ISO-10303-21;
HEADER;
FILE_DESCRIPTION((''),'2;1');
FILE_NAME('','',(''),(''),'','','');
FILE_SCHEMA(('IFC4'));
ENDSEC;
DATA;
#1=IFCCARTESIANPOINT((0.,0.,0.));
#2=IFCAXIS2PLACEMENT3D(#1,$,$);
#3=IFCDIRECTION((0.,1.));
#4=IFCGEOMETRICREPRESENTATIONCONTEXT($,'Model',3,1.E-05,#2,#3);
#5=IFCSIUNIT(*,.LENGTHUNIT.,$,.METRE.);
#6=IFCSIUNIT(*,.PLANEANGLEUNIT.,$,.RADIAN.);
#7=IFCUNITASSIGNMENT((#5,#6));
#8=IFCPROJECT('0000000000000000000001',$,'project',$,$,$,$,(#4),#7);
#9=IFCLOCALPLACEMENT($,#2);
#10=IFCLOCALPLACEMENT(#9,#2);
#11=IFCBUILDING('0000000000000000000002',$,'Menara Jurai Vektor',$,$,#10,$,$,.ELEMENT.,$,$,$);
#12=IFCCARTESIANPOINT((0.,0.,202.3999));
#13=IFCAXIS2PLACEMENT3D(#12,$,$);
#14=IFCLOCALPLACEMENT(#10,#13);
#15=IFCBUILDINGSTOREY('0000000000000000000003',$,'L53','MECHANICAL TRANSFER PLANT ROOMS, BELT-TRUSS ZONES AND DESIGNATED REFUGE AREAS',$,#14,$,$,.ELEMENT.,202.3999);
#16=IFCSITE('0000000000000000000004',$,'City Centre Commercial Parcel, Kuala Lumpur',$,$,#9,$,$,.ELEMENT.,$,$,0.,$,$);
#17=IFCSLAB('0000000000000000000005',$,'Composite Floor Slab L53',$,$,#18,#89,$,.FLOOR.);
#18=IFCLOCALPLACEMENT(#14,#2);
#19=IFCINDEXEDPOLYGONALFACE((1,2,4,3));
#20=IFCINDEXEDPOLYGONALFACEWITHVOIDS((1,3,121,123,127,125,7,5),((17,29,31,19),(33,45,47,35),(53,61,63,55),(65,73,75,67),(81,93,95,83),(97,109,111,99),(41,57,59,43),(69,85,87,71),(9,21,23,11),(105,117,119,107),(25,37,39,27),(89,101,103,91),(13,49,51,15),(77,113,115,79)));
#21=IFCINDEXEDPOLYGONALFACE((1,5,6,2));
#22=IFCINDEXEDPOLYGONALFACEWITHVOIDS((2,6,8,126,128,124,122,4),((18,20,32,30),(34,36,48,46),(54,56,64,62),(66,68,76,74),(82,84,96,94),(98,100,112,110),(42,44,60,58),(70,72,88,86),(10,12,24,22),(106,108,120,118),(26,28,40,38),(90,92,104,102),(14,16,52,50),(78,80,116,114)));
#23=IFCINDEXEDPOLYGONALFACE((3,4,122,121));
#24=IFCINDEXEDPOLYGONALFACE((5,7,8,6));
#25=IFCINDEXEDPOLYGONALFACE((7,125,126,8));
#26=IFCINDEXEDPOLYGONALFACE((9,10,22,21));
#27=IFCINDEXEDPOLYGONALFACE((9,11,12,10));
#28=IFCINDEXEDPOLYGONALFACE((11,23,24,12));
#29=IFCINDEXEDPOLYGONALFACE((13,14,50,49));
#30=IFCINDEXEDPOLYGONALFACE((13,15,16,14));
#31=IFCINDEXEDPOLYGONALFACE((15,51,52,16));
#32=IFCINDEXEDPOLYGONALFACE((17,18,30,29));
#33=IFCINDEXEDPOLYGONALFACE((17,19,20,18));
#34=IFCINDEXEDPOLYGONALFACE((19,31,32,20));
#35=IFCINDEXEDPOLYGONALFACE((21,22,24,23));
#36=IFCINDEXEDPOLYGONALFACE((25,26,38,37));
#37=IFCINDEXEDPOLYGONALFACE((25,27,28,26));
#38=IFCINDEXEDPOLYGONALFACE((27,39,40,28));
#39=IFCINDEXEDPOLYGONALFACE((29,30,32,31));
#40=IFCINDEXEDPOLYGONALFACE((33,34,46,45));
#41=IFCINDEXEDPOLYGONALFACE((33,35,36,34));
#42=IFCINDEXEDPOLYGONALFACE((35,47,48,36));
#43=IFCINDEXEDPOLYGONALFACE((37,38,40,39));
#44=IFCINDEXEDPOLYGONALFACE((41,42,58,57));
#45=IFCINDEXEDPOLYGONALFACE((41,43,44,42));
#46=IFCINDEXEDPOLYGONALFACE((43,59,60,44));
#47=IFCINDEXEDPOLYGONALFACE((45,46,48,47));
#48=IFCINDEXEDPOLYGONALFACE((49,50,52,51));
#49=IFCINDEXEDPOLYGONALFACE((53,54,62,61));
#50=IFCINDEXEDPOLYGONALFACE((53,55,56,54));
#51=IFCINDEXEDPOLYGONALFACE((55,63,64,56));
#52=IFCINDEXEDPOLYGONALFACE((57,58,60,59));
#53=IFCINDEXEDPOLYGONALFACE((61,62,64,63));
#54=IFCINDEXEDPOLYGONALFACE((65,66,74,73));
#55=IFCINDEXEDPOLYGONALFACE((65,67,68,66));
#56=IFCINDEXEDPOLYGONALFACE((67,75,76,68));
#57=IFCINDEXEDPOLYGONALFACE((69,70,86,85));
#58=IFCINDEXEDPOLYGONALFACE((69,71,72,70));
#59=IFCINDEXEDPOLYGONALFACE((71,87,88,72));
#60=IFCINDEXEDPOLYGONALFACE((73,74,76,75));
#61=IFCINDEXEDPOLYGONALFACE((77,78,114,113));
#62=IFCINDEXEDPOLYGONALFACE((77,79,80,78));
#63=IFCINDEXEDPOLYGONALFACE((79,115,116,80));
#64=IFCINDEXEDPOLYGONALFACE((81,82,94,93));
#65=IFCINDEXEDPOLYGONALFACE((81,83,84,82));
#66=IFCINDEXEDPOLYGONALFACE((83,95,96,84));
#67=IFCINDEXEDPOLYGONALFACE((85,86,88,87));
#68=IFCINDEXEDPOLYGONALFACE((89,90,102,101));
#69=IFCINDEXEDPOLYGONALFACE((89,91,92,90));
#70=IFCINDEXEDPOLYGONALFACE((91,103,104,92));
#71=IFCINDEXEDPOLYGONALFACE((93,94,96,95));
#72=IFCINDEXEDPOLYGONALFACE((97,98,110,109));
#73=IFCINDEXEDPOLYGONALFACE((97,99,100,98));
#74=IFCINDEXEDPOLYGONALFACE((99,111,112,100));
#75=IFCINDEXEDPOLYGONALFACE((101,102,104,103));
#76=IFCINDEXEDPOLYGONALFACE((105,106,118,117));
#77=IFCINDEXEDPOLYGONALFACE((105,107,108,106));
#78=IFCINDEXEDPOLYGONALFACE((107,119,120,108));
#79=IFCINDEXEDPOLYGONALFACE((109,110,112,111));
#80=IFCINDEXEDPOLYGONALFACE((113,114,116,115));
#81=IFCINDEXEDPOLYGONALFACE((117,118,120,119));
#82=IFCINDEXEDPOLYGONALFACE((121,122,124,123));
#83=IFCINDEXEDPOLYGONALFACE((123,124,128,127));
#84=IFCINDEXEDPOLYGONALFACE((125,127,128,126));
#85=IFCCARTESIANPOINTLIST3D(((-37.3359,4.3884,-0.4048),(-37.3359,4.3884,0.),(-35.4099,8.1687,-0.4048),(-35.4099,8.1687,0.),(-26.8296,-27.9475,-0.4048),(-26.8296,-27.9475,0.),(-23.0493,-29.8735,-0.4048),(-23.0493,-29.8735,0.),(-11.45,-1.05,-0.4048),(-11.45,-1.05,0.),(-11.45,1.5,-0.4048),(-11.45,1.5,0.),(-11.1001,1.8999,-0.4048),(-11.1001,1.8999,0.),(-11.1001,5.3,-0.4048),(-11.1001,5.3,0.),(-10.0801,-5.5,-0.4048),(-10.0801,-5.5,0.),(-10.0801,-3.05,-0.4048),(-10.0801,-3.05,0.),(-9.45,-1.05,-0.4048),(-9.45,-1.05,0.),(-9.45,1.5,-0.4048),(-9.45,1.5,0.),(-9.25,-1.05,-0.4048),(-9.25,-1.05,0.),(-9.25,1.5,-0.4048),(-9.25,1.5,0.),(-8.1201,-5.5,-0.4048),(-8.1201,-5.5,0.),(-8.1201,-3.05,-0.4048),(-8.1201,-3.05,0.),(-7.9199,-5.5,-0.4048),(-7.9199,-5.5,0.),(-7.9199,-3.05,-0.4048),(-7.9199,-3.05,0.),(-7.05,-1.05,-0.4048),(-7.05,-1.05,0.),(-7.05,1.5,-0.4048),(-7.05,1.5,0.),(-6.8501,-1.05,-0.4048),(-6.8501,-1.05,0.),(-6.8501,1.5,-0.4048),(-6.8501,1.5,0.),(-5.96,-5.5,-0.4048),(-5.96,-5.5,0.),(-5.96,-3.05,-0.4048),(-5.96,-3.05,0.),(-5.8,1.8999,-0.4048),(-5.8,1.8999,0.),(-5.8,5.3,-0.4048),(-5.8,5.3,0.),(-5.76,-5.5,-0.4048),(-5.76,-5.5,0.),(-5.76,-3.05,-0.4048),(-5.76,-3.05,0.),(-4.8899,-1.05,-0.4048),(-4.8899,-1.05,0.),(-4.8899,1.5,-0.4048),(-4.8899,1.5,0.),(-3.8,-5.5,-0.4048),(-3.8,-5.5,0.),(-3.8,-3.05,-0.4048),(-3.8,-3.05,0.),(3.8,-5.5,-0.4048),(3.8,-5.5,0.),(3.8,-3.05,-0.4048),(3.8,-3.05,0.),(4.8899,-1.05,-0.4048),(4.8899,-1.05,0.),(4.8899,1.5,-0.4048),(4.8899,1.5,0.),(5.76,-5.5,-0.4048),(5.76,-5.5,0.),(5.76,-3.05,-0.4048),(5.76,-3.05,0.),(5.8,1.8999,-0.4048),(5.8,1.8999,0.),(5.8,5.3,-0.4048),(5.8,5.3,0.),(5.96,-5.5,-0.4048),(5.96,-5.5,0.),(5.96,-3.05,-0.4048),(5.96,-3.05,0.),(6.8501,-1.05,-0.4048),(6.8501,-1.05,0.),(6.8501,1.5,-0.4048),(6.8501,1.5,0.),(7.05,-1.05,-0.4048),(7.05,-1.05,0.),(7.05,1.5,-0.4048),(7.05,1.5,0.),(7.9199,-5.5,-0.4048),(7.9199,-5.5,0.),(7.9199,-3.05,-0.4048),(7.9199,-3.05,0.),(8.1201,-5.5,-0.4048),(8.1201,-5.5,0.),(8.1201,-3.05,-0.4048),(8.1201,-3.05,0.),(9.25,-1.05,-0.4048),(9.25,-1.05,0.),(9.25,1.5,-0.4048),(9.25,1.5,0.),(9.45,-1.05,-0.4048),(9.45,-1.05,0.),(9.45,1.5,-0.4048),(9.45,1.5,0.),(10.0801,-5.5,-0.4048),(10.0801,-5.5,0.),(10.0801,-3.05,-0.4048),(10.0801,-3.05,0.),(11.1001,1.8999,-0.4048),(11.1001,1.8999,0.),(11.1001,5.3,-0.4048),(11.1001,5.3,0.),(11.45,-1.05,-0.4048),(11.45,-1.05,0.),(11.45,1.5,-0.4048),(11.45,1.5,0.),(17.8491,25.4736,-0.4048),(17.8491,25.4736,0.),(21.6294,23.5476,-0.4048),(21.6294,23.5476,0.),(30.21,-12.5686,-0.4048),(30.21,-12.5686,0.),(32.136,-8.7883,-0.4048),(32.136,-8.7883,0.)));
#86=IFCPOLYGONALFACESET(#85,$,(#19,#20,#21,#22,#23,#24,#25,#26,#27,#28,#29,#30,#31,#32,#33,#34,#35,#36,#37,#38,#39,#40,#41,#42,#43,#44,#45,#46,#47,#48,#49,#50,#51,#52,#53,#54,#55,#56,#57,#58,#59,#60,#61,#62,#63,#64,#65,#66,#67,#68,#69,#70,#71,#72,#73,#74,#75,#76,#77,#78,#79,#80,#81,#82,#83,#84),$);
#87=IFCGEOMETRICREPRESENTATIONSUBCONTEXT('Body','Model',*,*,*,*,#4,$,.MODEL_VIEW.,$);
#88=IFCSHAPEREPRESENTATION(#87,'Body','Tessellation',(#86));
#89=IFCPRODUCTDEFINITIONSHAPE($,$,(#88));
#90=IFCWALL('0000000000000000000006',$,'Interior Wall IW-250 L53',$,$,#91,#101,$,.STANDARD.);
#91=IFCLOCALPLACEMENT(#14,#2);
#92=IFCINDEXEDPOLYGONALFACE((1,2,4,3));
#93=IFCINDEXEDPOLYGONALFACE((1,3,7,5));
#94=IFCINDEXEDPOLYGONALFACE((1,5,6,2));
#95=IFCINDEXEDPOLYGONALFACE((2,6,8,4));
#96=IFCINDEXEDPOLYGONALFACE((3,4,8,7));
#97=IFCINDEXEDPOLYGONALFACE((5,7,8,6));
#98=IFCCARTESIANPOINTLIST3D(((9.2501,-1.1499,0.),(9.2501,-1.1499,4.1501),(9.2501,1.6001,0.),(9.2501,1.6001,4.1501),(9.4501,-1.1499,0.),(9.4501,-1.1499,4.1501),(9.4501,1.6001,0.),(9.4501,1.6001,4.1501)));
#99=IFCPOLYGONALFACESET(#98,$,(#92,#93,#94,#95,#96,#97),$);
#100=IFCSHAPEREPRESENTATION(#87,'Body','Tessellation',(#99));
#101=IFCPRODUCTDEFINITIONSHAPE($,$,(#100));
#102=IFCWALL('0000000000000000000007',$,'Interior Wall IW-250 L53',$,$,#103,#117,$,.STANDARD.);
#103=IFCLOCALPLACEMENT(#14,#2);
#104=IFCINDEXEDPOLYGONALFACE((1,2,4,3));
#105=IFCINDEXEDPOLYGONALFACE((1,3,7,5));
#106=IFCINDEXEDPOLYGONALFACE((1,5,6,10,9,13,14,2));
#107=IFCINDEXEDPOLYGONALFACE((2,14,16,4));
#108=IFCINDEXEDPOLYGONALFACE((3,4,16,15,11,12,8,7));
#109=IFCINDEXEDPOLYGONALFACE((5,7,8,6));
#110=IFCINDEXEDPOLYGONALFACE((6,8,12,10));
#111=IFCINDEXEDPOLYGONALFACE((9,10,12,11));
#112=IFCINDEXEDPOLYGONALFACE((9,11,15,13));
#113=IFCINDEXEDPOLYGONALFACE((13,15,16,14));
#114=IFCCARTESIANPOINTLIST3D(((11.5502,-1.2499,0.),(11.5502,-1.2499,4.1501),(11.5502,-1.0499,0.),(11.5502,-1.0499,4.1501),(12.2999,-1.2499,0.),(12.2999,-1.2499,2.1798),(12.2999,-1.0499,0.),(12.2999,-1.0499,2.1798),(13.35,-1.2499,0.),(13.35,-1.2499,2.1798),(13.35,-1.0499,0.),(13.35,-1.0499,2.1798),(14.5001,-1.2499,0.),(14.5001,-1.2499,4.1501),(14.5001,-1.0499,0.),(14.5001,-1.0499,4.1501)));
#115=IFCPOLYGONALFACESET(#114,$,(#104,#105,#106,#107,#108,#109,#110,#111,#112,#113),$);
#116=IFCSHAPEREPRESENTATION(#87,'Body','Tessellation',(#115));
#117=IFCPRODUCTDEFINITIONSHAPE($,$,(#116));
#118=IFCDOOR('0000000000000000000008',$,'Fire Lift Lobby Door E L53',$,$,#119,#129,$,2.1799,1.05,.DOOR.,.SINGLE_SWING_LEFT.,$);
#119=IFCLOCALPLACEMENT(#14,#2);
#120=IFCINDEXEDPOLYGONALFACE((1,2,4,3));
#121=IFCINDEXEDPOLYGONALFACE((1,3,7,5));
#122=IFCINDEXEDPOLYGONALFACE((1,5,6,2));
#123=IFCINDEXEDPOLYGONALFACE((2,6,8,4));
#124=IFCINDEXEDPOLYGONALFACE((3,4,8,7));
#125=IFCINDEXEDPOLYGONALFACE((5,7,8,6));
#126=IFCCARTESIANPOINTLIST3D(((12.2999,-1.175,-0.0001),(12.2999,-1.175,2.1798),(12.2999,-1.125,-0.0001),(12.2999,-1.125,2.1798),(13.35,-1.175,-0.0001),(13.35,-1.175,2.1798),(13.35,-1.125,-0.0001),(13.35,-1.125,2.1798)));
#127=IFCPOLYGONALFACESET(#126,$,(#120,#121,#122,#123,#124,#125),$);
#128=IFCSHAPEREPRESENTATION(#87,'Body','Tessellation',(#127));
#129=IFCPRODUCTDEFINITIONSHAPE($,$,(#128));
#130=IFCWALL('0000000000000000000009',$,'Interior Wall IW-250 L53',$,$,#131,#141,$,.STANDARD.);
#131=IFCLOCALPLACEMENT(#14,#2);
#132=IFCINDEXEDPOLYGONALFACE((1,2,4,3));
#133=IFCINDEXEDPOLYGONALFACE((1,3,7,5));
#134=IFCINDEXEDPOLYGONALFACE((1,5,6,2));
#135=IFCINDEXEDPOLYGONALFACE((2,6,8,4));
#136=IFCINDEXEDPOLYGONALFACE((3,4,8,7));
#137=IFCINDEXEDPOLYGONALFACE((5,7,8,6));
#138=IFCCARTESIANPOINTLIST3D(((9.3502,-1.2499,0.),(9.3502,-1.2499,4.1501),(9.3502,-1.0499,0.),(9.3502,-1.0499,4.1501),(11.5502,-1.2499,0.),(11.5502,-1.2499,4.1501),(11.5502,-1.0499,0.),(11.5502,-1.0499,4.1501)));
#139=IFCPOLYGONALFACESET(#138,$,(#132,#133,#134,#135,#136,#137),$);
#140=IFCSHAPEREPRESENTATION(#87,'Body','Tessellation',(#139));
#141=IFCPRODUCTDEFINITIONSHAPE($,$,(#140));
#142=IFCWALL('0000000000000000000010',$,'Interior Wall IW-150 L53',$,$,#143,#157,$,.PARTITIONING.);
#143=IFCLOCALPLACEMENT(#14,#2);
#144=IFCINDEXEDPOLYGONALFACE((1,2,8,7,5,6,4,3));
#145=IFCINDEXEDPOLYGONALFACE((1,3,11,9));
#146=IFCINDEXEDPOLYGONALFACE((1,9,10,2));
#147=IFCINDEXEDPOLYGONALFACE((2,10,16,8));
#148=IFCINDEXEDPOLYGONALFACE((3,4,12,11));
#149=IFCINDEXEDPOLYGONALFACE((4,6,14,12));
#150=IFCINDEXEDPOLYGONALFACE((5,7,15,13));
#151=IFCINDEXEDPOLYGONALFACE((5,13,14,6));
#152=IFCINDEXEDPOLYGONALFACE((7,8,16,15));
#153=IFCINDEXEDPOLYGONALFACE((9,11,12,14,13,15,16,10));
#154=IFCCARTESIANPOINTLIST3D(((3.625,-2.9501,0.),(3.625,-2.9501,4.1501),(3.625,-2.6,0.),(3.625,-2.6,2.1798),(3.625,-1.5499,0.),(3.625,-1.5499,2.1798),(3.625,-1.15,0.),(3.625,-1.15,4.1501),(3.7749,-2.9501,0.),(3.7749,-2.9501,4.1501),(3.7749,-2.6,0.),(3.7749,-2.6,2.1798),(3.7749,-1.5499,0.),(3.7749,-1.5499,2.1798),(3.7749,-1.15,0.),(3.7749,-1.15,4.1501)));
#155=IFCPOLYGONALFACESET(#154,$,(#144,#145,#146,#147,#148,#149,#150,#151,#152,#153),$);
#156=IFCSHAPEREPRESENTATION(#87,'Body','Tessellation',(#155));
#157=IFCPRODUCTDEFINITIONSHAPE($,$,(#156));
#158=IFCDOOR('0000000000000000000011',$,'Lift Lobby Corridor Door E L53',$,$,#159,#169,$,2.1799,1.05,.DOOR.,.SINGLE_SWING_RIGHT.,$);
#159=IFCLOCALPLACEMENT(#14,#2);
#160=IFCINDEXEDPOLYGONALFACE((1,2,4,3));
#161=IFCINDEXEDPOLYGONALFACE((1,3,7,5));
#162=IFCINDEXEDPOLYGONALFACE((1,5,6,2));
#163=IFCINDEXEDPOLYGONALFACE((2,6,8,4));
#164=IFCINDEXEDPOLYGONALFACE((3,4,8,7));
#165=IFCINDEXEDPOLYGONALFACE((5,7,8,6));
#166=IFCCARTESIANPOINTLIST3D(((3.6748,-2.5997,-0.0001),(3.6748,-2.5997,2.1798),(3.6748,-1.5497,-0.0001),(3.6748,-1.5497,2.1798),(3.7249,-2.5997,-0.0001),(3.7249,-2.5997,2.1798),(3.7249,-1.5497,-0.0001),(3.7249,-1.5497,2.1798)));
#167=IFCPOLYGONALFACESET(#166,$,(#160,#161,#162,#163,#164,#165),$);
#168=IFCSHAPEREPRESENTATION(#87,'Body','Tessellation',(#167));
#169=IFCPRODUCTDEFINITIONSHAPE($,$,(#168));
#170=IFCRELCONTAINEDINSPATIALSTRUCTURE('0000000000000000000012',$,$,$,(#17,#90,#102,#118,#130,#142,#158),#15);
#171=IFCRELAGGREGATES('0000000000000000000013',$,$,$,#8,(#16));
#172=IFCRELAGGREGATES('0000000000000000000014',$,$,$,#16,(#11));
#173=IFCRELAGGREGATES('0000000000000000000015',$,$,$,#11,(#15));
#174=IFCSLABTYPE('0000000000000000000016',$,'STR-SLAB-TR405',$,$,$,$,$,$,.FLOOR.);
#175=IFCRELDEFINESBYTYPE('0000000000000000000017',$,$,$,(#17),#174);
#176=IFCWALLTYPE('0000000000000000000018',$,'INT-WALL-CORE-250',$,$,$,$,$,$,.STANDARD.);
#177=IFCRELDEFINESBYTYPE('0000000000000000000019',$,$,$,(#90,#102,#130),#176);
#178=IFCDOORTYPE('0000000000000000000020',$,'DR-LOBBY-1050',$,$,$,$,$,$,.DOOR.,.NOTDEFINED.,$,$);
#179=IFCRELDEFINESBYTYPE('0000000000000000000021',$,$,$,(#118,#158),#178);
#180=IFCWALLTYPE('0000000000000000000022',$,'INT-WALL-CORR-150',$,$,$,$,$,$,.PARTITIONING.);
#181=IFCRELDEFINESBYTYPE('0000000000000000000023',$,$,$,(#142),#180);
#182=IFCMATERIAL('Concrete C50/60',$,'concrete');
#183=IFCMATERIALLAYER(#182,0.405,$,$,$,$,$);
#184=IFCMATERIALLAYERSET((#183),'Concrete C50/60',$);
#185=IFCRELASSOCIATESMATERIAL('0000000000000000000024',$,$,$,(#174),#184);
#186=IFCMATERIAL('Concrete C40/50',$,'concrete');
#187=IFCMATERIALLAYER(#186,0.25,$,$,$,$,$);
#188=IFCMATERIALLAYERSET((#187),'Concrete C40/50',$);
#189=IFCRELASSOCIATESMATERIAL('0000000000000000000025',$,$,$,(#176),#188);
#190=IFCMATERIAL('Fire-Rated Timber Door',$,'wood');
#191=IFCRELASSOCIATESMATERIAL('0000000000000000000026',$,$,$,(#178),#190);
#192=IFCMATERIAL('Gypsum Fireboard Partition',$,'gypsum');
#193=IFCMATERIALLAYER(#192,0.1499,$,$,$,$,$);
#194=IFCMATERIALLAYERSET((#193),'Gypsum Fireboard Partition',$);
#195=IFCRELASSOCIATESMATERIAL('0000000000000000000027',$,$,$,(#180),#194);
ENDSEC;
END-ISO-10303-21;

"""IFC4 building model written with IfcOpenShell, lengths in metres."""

from ifc_helpers import new_model, si_unit, direction, frame, frame_2d, origin, place, context, subcontext, project, spatial, polyline, rectangle, outline, extrude, material, layer, layer_set, type_object, element, fill, save


model = new_model("IFC4")

# Units and contexts
model_context = context("Model", 3, precision=1e-05, world=origin(), true_north=direction((0.0, 1.0)))
body_context = subcontext(model_context, "Body", "Model", "MODEL_VIEW")
ifc_project = project(units=[si_unit("LENGTHUNIT", "METRE"), si_unit("PLANEANGLEUNIT", "RADIAN")], contexts=[model_context])

# Site, building, storey
site_placement = place(None, origin())
site = spatial("IfcSite", under=ifc_project, at=site_placement, Name="City Centre Commercial Parcel, Kuala Lumpur", CompositionType="ELEMENT", RefElevation=0.0)
building_placement = place(site_placement, origin())
building = spatial("IfcBuilding", under=site, at=building_placement, Name="Menara Jurai Vektor", CompositionType="ELEMENT")
storey_placement = place(building_placement, frame((0.0, 0.0, 202.3999)))
storey = spatial("IfcBuildingStorey", under=building, at=storey_placement, Name="L53", Description="MECHANICAL TRANSFER PLANT ROOMS, BELT-TRUSS ZONES AND DESIGNATED REFUGE AREAS", CompositionType="ELEMENT", Elevation=202.3999)

# Shared definitions
ifc_material_1 = material(Name="Concrete C50/60", Category="concrete")

# Shared definitions
ifc_material_2 = material(Name="Concrete C40/50", Category="concrete")

# Slab
ifc_layer_1 = layer(ifc_material_1, 0.405)
ifc_layer_set_1 = layer_set([ifc_layer_1], Name="Concrete C50/60")
slab_type_1 = type_object("IfcSlabType", Name="STR-SLAB-TR405", PredefinedType="FLOOR", material=ifc_layer_set_1)
slab_1_placement = place(storey_placement, frame((0.0, 0.0, -0.4048)))
element("IfcSlab", 1, at=slab_1_placement, inside=storey, type_object=slab_type_1, Name="Composite Floor Slab L53", PredefinedType="FLOOR", context=body_context, shape_type="SweptSolid", body=[
    extrude(outline(polyline([(-23.0493, -29.8735), (30.21, -12.5686), (32.136, -8.7883), (21.6294, 23.5476), (17.8491, 25.4736), (-35.4099, 8.1687), (-37.3359, 4.3884), (-26.8296, -27.9475), (-23.0493, -29.8735)]), holes=[polyline([(-11.1001, 1.8999), (-11.1001, 5.3), (-5.8, 5.3), (-5.8, 1.8999), (-11.1001, 1.8999)]), polyline([(5.8, 1.8999), (5.8, 5.3), (11.1001, 5.3), (11.1001, 1.8999), (5.8, 1.8999)]), polyline([(-11.45, -1.05), (-11.45, 1.5), (-9.45, 1.5), (-9.45, -1.05), (-11.45, -1.05)]), polyline([(9.45, -1.05), (9.45, 1.5), (11.45, 1.5), (11.45, -1.05), (9.45, -1.05)]), polyline([(-5.76, -5.5), (-5.76, -3.05), (-3.8, -3.05), (-3.8, -5.5), (-5.76, -5.5)]), polyline([(-6.8501, -1.05), (-6.8501, 1.5), (-4.8899, 1.5), (-4.8899, -1.05), (-6.8501, -1.05)]), polyline([(3.8, -5.5), (3.8, -3.05), (5.76, -3.05), (5.76, -5.5), (3.8, -5.5)]), polyline([(4.8899, -1.05), (4.8899, 1.5), (6.8501, 1.5), (6.8501, -1.05), (4.8899, -1.05)]), polyline([(-10.0801, -5.5), (-10.0801, -3.05), (-8.1201, -3.05), (-8.1201, -5.5), (-10.0801, -5.5)]), polyline([(-7.9199, -5.5), (-7.9199, -3.05), (-5.96, -3.05), (-5.96, -5.5), (-7.9199, -5.5)]), polyline([(5.96, -5.5), (5.96, -3.05), (7.9199, -3.05), (7.9199, -5.5), (5.96, -5.5)]), polyline([(8.1201, -5.5), (8.1201, -3.05), (10.0801, -3.05), (10.0801, -5.5), (8.1201, -5.5)]), polyline([(-9.25, -1.05), (-9.25, 1.5), (-7.05, 1.5), (-7.05, -1.05), (-9.25, -1.05)]), polyline([(7.05, -1.05), (7.05, 1.5), (9.25, 1.5), (9.25, -1.05), (7.05, -1.05)])]), origin(), (0.0, 0.0, 1.0), 0.4048),
])

# Shared definitions
ifc_layer_2 = layer(ifc_material_2, 0.25)
ifc_layer_set_2 = layer_set([ifc_layer_2], Name="Concrete C40/50")
wall_type_1 = type_object("IfcWallType", Name="INT-WALL-CORE-250", PredefinedType="STANDARD", material=ifc_layer_set_2)

# Wall
wall_1_placement = place(storey_placement, frame((9.3501, -1.1499, 0.0), z_axis=(0.0, 0.0, 1.0), x_axis=(0.0, 1.0, 0.0)))
element("IfcWall", 2, at=wall_1_placement, inside=storey, type_object=wall_type_1, Name="Interior Wall IW-250 L53", PredefinedType="STANDARD", context=body_context, shape_type="SweptSolid", body=[
    extrude(rectangle(XDim=2.75, YDim=0.2, at=frame_2d((1.375, 0.0))), origin(), (0.0, 0.0, 1.0), 4.1501),
])

# Wall, opening, door
wall_2_placement = place(storey_placement, frame((11.55, -1.1499, 0.0), z_axis=(0.0, 0.0, 1.0), x_axis=(1.0, 0.0, 0.0)))
wall_2 = element("IfcWall", 3, at=wall_2_placement, inside=storey, type_object=wall_type_1, Name="Interior Wall IW-250 L53", PredefinedType="STANDARD", context=body_context, shape_type="SweptSolid", body=[
    extrude(rectangle(XDim=2.95, YDim=0.2, at=frame_2d((1.4751, 0.0))), origin(), (0.0, 0.0, 1.0), 4.1501),
])
opening_1_placement = place(wall_2_placement, frame((0.75, 0.0, 0.0)))
opening_1 = element("IfcOpeningElement", 4, at=opening_1_placement, cuts=wall_2, PredefinedType="OPENING", context=body_context, shape_type="SweptSolid", body=[
    extrude(rectangle(XDim=1.05, YDim=2.1799, at=frame_2d((0.5249, 1.0898))), frame((0.0, 0.1099, 0.0), z_axis=(0.0, -1.0, 0.0), x_axis=(1.0, 0.0, 0.0)), (0.0, 0.0, 1.0), 0.22),
])
ifc_material_3 = material(Name="Fire-Rated Timber Door", Category="wood")
door_type_1 = type_object("IfcDoorType", Name="DR-LOBBY-1050", OperationType="NOTDEFINED", PredefinedType="DOOR", material=ifc_material_3)
door_1_placement = place(opening_1_placement, origin())
door_1 = element("IfcDoor", 5, at=door_1_placement, inside=storey, type_object=door_type_1, Name="Fire Lift Lobby Door E L53", OperationType="SINGLE_SWING_LEFT", OverallHeight=2.1799, OverallWidth=1.05, PredefinedType="DOOR", context=body_context, shape_type="SweptSolid", body=[
    extrude(rectangle(XDim=1.05, YDim=2.1799, at=frame_2d((0.5249, 1.0898))), frame((0.0, 0.0249, 0.0), z_axis=(0.0, -1.0, 0.0), x_axis=(1.0, 0.0, 0.0)), (0.0, 0.0, 1.0), 0.05),
])
fill(opening_1, door_1)

# Wall
wall_3_placement = place(storey_placement, frame((9.3501, -1.1499, 0.0), z_axis=(0.0, 0.0, 1.0), x_axis=(1.0, 0.0, 0.0)))
element("IfcWall", 6, at=wall_3_placement, inside=storey, type_object=wall_type_1, Name="Interior Wall IW-250 L53", PredefinedType="STANDARD", context=body_context, shape_type="SweptSolid", body=[
    extrude(rectangle(XDim=2.2, YDim=0.2, at=frame_2d((1.1001, 0.0))), origin(), (0.0, 0.0, 1.0), 4.1501),
])

# Wall, opening, door
ifc_material_4 = material(Name="Gypsum Fireboard Partition", Category="gypsum")
ifc_layer_3 = layer(ifc_material_4, 0.1499)
ifc_layer_set_3 = layer_set([ifc_layer_3], Name="Gypsum Fireboard Partition")
wall_type_2 = type_object("IfcWallType", Name="INT-WALL-CORR-150", PredefinedType="PARTITIONING", material=ifc_layer_set_3)
wall_4_placement = place(storey_placement, frame((3.7, -2.95, 0.0), z_axis=(0.0, 0.0, 1.0), x_axis=(0.0, 1.0, 0.0)))
wall_4 = element("IfcWall", 7, at=wall_4_placement, inside=storey, type_object=wall_type_2, Name="Interior Wall IW-150 L53", PredefinedType="PARTITIONING", context=body_context, shape_type="SweptSolid", body=[
    extrude(rectangle(XDim=1.8, YDim=0.1499, at=frame_2d((0.8999, 0.0))), origin(), (0.0, 0.0, 1.0), 4.1501),
])
opening_2_placement = place(wall_4_placement, frame((0.3501, 0.0, 0.0)))
opening_2 = element("IfcOpeningElement", 8, at=opening_2_placement, cuts=wall_4, PredefinedType="OPENING", context=body_context, shape_type="SweptSolid", body=[
    extrude(rectangle(XDim=1.05, YDim=2.1799, at=frame_2d((0.5249, 1.0898))), frame((0.0, 0.085, 0.0), z_axis=(0.0, -1.0, 0.0), x_axis=(1.0, 0.0, 0.0)), (0.0, 0.0, 1.0), 0.1699),
])
door_2_placement = place(opening_2_placement, frame((1.05, 0.0, 0.0), z_axis=(0.0, 0.0, 1.0), x_axis=(-1.0, 0.0, 0.0)))
door_2 = element("IfcDoor", 9, at=door_2_placement, inside=storey, type_object=door_type_1, Name="Lift Lobby Corridor Door E L53", OperationType="SINGLE_SWING_RIGHT", OverallHeight=2.1799, OverallWidth=1.05, PredefinedType="DOOR", context=body_context, shape_type="SweptSolid", body=[
    extrude(rectangle(XDim=1.05, YDim=2.1799, at=frame_2d((0.5249, 1.0898))), frame((0.0, 0.0249, 0.0), z_axis=(0.0, -1.0, 0.0), x_axis=(1.0, 0.0, 0.0)), (0.0, 0.0, 1.0), 0.05),
])
fill(opening_2, door_2)

save(model, "model.ifc")
